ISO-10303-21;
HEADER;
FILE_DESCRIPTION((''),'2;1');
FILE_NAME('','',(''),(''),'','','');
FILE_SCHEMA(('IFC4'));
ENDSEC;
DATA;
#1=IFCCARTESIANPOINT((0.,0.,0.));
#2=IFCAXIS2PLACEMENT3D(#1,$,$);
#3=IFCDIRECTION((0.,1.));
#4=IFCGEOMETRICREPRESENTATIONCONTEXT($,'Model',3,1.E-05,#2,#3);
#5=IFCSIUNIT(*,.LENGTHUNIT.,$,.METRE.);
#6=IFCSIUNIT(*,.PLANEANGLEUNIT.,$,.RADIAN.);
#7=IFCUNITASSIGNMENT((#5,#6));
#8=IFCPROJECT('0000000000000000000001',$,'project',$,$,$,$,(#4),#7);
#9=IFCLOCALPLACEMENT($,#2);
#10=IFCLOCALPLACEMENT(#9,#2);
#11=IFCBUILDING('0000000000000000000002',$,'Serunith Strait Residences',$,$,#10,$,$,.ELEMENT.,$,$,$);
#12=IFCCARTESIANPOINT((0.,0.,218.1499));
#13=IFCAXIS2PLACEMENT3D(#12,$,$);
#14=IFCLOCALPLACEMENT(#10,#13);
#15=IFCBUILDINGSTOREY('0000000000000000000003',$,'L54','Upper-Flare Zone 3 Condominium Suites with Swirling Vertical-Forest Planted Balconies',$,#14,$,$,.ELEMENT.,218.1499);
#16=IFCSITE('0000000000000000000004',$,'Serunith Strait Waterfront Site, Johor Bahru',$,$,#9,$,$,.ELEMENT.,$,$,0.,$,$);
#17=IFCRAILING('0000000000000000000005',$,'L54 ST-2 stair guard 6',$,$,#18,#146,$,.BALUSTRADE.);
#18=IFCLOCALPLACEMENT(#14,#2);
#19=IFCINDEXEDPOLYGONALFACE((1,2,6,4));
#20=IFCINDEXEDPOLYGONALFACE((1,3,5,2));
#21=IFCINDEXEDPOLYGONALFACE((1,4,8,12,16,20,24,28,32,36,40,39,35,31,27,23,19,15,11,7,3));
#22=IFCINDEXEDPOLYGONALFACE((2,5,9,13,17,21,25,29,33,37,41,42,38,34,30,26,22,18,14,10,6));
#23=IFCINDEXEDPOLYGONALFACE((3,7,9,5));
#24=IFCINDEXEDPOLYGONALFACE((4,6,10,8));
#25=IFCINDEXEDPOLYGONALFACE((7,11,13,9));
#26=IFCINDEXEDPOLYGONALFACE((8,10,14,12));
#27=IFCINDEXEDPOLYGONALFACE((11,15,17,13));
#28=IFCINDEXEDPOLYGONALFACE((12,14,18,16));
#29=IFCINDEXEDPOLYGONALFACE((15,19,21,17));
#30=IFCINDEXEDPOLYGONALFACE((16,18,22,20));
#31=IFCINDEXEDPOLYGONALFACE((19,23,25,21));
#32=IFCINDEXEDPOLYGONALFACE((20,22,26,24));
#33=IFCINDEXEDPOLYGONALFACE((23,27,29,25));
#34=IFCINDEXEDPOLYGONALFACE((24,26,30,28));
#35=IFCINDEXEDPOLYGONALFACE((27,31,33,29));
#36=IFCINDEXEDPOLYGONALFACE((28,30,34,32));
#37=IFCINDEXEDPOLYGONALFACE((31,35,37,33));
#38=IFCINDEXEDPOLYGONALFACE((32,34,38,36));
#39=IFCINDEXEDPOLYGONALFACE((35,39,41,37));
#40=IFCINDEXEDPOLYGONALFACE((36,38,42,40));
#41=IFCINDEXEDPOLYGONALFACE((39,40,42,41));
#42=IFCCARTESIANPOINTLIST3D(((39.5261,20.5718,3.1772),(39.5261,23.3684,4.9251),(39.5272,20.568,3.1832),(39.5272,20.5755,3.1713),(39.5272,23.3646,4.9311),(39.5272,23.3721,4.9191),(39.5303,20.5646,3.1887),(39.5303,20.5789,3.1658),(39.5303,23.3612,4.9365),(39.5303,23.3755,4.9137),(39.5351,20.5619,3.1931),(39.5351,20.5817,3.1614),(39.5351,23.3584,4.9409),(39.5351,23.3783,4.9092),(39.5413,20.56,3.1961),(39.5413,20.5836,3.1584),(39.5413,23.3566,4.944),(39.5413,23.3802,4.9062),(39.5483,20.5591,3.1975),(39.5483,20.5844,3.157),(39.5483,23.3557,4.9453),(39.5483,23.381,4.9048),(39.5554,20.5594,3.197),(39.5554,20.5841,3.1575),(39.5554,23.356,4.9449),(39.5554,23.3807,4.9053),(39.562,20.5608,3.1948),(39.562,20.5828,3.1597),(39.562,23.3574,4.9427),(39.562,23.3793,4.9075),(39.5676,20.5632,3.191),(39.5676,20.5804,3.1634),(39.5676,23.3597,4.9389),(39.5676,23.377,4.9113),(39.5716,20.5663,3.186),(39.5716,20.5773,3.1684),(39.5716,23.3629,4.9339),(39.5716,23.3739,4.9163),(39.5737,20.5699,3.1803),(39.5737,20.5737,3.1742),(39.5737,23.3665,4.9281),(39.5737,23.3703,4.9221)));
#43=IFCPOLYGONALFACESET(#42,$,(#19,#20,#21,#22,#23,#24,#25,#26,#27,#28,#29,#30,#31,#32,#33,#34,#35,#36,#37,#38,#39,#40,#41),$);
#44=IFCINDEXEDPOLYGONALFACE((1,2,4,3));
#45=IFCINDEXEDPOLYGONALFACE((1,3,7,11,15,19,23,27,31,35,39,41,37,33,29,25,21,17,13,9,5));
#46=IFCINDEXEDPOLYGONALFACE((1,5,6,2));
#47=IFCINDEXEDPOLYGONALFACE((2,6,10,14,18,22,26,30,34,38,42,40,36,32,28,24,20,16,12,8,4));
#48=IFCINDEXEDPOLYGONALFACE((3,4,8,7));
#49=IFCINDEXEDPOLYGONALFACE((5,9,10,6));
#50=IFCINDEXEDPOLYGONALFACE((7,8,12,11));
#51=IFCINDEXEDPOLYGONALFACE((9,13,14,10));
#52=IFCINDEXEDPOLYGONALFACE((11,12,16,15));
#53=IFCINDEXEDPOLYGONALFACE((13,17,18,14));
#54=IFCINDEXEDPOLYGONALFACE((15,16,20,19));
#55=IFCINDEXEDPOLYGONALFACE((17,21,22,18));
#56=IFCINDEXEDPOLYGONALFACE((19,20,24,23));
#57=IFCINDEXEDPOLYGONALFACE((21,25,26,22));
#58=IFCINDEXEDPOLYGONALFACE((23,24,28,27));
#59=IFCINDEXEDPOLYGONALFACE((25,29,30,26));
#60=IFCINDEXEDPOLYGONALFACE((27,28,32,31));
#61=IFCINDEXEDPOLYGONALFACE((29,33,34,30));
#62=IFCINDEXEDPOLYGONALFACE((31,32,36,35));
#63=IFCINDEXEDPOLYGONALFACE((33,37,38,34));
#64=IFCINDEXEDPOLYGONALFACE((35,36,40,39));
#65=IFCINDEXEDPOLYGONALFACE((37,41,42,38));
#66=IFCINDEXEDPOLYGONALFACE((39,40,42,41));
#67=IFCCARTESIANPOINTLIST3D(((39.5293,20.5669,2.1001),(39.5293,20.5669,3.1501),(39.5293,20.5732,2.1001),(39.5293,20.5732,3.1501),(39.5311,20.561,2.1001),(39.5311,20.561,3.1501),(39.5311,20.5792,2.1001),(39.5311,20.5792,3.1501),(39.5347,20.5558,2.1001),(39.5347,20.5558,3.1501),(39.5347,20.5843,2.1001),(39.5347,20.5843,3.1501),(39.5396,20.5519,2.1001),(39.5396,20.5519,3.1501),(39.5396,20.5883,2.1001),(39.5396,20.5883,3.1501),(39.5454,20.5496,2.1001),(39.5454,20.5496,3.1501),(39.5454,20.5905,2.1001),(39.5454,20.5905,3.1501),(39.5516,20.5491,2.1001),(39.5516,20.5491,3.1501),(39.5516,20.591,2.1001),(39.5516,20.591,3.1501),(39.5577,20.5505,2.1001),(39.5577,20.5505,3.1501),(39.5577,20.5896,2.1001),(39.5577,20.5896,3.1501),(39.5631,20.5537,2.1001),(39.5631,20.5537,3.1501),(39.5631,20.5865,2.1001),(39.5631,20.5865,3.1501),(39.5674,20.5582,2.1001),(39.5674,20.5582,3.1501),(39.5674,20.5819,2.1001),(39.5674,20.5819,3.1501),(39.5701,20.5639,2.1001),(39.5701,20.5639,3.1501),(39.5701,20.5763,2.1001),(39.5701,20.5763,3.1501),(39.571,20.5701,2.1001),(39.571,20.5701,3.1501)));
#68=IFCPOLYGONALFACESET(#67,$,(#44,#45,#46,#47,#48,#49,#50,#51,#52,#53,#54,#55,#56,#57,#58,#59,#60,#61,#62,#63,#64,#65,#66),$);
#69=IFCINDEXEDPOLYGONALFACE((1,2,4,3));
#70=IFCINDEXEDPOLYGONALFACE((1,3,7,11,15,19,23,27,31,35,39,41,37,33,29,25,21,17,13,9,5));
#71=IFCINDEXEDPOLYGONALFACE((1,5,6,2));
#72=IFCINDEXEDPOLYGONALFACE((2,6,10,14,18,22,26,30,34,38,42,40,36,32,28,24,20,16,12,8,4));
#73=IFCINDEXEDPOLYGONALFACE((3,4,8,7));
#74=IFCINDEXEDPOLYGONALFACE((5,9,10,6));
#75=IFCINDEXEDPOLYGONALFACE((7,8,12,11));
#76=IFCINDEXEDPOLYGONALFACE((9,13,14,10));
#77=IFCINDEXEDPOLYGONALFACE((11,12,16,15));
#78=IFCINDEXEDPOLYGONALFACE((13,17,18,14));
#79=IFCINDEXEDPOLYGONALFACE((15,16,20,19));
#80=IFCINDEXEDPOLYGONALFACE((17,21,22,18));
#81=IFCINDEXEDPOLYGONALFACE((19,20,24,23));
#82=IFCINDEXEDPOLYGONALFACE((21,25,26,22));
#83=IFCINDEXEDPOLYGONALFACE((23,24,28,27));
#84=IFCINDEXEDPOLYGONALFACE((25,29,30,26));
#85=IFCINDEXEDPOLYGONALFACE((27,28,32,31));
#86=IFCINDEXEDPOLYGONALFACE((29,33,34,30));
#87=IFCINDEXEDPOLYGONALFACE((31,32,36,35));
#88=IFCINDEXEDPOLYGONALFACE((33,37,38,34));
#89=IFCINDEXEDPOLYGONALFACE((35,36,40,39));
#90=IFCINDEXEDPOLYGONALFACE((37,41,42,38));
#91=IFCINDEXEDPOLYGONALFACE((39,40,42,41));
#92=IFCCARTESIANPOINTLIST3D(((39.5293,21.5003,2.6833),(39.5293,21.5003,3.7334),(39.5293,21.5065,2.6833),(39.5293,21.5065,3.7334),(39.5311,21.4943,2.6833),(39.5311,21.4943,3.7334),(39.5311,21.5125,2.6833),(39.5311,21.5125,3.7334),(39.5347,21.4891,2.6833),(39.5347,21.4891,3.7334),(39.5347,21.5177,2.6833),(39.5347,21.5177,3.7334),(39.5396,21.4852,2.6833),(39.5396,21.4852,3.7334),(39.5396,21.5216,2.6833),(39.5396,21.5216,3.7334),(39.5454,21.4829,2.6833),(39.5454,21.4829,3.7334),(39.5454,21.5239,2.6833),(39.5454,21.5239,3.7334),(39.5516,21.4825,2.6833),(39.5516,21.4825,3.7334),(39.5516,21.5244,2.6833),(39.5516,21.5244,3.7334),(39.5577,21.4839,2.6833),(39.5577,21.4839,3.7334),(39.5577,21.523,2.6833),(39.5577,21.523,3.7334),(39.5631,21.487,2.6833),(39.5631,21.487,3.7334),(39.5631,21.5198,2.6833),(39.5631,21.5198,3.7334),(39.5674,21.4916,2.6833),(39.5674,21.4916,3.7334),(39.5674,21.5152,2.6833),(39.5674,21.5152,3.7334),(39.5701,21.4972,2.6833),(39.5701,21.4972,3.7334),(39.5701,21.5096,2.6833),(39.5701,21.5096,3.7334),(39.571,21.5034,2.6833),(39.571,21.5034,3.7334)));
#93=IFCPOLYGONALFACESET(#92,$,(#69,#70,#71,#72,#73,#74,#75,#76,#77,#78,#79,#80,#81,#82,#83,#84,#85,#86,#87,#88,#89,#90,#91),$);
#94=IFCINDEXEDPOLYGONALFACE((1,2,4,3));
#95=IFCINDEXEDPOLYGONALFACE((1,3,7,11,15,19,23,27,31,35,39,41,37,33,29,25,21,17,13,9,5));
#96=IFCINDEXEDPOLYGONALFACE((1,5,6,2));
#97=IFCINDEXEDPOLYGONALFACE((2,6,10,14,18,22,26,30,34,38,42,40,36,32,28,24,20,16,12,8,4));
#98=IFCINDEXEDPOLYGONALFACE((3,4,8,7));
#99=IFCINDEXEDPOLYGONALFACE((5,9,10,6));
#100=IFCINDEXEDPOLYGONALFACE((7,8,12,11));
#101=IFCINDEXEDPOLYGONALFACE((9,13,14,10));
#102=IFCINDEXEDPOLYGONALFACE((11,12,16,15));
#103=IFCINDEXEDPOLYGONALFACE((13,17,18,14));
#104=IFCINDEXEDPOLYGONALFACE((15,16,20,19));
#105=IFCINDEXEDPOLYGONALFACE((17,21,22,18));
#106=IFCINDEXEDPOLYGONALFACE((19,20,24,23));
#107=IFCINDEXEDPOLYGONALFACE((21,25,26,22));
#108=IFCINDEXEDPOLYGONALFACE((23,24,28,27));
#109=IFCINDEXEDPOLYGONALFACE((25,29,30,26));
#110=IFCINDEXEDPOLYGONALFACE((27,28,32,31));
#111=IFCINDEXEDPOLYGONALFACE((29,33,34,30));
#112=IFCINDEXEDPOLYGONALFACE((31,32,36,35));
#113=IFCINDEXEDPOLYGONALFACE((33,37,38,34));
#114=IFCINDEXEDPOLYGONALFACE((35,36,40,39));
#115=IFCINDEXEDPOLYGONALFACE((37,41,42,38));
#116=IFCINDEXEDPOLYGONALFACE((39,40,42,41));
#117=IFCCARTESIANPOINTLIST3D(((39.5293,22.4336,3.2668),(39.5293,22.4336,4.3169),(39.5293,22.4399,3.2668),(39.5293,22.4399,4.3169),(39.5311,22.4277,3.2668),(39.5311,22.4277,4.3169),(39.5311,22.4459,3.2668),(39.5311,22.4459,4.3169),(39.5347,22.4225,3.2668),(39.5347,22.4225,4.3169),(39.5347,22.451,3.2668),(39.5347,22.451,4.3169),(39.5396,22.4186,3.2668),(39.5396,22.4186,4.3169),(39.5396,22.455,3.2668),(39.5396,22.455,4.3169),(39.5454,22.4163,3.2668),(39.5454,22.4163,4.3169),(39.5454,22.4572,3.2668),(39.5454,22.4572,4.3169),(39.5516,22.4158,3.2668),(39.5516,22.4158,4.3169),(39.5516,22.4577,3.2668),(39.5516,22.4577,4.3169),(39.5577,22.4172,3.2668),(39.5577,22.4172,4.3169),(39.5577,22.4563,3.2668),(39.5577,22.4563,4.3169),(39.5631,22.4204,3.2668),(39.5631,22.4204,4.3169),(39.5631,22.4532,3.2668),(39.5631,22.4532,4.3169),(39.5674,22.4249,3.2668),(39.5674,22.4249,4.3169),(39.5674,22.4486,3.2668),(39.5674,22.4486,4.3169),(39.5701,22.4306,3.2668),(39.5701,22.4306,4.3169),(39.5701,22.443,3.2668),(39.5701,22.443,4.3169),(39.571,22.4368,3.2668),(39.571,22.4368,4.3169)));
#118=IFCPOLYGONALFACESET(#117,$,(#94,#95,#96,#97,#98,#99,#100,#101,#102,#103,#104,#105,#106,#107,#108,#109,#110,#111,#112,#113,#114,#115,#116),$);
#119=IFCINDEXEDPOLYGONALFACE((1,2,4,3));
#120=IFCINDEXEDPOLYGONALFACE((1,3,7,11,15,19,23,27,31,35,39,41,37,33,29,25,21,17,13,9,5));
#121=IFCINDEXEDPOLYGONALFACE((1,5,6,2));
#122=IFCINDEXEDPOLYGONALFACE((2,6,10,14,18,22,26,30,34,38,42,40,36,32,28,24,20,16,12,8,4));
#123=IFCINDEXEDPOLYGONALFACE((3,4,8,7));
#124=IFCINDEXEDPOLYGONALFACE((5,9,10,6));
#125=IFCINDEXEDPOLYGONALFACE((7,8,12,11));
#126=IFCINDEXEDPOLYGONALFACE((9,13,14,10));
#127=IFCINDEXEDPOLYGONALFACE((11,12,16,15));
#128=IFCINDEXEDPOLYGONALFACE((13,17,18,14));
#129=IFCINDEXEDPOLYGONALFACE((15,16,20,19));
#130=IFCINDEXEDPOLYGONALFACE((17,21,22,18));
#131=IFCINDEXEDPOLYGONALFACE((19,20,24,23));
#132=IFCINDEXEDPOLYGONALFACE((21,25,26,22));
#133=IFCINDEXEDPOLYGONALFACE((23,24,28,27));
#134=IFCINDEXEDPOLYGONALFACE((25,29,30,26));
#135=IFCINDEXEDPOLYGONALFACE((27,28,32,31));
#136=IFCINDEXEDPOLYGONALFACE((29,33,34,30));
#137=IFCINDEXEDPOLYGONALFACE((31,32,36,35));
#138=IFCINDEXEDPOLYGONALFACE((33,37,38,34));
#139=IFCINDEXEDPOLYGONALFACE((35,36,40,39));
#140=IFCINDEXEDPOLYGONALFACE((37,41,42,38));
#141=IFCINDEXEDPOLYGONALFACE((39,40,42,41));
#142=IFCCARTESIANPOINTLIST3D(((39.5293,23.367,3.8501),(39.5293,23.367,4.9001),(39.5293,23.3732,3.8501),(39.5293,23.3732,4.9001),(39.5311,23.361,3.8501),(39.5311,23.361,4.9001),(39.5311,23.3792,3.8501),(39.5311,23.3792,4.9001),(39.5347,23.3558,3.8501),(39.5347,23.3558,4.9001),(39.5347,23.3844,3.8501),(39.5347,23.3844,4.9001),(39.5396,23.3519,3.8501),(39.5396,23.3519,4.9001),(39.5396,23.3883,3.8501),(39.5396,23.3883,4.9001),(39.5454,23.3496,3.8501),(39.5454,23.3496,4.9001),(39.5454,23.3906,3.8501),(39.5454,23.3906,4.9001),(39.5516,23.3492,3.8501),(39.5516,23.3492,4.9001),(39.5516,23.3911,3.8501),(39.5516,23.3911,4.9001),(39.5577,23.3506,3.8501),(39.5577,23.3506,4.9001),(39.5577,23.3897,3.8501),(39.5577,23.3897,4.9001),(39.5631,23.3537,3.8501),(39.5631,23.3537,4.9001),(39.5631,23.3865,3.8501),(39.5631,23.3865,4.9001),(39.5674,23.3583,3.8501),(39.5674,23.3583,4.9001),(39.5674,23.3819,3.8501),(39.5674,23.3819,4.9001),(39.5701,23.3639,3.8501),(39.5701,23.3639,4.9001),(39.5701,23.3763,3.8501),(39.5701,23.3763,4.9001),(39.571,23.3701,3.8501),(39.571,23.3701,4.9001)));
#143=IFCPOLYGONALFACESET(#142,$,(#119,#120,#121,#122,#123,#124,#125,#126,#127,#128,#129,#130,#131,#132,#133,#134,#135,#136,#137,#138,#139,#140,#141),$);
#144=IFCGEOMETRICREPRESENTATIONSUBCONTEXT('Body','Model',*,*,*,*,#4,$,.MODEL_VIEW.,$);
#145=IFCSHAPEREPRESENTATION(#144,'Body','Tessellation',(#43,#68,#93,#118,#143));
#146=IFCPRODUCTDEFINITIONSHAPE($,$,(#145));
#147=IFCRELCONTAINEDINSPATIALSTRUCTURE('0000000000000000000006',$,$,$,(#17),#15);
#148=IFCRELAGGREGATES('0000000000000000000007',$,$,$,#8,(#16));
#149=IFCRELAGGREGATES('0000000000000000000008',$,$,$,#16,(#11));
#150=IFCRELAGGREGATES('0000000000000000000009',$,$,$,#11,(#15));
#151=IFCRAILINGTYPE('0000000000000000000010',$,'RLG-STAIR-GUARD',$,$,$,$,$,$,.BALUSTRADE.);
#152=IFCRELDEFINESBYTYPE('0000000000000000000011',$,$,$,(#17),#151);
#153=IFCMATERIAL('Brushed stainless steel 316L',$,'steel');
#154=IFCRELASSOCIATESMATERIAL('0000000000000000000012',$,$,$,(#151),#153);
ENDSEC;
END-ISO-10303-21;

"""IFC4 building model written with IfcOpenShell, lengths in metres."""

from ifc_helpers import new_model, si_unit, direction, frame, origin, origin_2d, place, context, subcontext, project, spatial, circle, extrude, material, type_object, element, save


model = new_model("IFC4")

# Units and contexts
model_context = context("Model", 3, precision=1e-05, world=origin(), true_north=direction((0.0, 1.0)))
body_context = subcontext(model_context, "Body", "Model", "MODEL_VIEW")
ifc_project = project(units=[si_unit("LENGTHUNIT", "METRE"), si_unit("PLANEANGLEUNIT", "RADIAN")], contexts=[model_context])

# Site, building, storey
site_placement = place(None, origin())
site = spatial("IfcSite", under=ifc_project, at=site_placement, Name="Serunith Strait Waterfront Site, Johor Bahru", CompositionType="ELEMENT", RefElevation=0.0)
building_placement = place(site_placement, origin())
building = spatial("IfcBuilding", under=site, at=building_placement, Name="Serunith Strait Residences", CompositionType="ELEMENT")
storey_placement = place(building_placement, frame((0.0, 0.0, 218.1499)))
storey = spatial("IfcBuildingStorey", under=building, at=storey_placement, Name="L54", Description="Upper-Flare Zone 3 Condominium Suites with Swirling Vertical-Forest Planted Balconies", CompositionType="ELEMENT", Elevation=218.1499)

# Railing
ifc_material_1 = material(Name="Brushed stainless steel 316L", Category="steel")
railing_type_1 = type_object("IfcRailingType", Name="RLG-STAIR-GUARD", PredefinedType="BALUSTRADE", material=ifc_material_1)
railing_1_placement = place(storey_placement, frame((39.55, 20.5701, 2.1001)))
element("IfcRailing", 1, at=railing_1_placement, inside=storey, type_object=railing_type_1, Name="L54 ST-2 stair guard 6", PredefinedType="BALUSTRADE", context=body_context, shape_type="SweptSolid", body=[
    extrude(circle(Radius=0.0239, at=origin_2d()), frame((0.0, 0.0017, 1.0771), z_axis=(0.0, 0.848002, 0.529992), x_axis=(-1.0, 0.0, 0.0)), (0.0, 0.0, 1.0), 3.2979),
    extrude(circle(Radius=0.021, at=origin_2d()), origin(), (0.0, 0.0, 1.0), 1.05),
    extrude(circle(Radius=0.021, at=origin_2d()), frame((0.0, 0.9333, 0.5833)), (0.0, 0.0, 1.0), 1.05),
    extrude(circle(Radius=0.021, at=origin_2d()), frame((0.0, 1.8667, 1.1667)), (0.0, 0.0, 1.0), 1.05),
    extrude(circle(Radius=0.021, at=origin_2d()), frame((0.0, 2.8, 1.75)), (0.0, 0.0, 1.0), 1.05),
])

save(model, "model.ifc")
